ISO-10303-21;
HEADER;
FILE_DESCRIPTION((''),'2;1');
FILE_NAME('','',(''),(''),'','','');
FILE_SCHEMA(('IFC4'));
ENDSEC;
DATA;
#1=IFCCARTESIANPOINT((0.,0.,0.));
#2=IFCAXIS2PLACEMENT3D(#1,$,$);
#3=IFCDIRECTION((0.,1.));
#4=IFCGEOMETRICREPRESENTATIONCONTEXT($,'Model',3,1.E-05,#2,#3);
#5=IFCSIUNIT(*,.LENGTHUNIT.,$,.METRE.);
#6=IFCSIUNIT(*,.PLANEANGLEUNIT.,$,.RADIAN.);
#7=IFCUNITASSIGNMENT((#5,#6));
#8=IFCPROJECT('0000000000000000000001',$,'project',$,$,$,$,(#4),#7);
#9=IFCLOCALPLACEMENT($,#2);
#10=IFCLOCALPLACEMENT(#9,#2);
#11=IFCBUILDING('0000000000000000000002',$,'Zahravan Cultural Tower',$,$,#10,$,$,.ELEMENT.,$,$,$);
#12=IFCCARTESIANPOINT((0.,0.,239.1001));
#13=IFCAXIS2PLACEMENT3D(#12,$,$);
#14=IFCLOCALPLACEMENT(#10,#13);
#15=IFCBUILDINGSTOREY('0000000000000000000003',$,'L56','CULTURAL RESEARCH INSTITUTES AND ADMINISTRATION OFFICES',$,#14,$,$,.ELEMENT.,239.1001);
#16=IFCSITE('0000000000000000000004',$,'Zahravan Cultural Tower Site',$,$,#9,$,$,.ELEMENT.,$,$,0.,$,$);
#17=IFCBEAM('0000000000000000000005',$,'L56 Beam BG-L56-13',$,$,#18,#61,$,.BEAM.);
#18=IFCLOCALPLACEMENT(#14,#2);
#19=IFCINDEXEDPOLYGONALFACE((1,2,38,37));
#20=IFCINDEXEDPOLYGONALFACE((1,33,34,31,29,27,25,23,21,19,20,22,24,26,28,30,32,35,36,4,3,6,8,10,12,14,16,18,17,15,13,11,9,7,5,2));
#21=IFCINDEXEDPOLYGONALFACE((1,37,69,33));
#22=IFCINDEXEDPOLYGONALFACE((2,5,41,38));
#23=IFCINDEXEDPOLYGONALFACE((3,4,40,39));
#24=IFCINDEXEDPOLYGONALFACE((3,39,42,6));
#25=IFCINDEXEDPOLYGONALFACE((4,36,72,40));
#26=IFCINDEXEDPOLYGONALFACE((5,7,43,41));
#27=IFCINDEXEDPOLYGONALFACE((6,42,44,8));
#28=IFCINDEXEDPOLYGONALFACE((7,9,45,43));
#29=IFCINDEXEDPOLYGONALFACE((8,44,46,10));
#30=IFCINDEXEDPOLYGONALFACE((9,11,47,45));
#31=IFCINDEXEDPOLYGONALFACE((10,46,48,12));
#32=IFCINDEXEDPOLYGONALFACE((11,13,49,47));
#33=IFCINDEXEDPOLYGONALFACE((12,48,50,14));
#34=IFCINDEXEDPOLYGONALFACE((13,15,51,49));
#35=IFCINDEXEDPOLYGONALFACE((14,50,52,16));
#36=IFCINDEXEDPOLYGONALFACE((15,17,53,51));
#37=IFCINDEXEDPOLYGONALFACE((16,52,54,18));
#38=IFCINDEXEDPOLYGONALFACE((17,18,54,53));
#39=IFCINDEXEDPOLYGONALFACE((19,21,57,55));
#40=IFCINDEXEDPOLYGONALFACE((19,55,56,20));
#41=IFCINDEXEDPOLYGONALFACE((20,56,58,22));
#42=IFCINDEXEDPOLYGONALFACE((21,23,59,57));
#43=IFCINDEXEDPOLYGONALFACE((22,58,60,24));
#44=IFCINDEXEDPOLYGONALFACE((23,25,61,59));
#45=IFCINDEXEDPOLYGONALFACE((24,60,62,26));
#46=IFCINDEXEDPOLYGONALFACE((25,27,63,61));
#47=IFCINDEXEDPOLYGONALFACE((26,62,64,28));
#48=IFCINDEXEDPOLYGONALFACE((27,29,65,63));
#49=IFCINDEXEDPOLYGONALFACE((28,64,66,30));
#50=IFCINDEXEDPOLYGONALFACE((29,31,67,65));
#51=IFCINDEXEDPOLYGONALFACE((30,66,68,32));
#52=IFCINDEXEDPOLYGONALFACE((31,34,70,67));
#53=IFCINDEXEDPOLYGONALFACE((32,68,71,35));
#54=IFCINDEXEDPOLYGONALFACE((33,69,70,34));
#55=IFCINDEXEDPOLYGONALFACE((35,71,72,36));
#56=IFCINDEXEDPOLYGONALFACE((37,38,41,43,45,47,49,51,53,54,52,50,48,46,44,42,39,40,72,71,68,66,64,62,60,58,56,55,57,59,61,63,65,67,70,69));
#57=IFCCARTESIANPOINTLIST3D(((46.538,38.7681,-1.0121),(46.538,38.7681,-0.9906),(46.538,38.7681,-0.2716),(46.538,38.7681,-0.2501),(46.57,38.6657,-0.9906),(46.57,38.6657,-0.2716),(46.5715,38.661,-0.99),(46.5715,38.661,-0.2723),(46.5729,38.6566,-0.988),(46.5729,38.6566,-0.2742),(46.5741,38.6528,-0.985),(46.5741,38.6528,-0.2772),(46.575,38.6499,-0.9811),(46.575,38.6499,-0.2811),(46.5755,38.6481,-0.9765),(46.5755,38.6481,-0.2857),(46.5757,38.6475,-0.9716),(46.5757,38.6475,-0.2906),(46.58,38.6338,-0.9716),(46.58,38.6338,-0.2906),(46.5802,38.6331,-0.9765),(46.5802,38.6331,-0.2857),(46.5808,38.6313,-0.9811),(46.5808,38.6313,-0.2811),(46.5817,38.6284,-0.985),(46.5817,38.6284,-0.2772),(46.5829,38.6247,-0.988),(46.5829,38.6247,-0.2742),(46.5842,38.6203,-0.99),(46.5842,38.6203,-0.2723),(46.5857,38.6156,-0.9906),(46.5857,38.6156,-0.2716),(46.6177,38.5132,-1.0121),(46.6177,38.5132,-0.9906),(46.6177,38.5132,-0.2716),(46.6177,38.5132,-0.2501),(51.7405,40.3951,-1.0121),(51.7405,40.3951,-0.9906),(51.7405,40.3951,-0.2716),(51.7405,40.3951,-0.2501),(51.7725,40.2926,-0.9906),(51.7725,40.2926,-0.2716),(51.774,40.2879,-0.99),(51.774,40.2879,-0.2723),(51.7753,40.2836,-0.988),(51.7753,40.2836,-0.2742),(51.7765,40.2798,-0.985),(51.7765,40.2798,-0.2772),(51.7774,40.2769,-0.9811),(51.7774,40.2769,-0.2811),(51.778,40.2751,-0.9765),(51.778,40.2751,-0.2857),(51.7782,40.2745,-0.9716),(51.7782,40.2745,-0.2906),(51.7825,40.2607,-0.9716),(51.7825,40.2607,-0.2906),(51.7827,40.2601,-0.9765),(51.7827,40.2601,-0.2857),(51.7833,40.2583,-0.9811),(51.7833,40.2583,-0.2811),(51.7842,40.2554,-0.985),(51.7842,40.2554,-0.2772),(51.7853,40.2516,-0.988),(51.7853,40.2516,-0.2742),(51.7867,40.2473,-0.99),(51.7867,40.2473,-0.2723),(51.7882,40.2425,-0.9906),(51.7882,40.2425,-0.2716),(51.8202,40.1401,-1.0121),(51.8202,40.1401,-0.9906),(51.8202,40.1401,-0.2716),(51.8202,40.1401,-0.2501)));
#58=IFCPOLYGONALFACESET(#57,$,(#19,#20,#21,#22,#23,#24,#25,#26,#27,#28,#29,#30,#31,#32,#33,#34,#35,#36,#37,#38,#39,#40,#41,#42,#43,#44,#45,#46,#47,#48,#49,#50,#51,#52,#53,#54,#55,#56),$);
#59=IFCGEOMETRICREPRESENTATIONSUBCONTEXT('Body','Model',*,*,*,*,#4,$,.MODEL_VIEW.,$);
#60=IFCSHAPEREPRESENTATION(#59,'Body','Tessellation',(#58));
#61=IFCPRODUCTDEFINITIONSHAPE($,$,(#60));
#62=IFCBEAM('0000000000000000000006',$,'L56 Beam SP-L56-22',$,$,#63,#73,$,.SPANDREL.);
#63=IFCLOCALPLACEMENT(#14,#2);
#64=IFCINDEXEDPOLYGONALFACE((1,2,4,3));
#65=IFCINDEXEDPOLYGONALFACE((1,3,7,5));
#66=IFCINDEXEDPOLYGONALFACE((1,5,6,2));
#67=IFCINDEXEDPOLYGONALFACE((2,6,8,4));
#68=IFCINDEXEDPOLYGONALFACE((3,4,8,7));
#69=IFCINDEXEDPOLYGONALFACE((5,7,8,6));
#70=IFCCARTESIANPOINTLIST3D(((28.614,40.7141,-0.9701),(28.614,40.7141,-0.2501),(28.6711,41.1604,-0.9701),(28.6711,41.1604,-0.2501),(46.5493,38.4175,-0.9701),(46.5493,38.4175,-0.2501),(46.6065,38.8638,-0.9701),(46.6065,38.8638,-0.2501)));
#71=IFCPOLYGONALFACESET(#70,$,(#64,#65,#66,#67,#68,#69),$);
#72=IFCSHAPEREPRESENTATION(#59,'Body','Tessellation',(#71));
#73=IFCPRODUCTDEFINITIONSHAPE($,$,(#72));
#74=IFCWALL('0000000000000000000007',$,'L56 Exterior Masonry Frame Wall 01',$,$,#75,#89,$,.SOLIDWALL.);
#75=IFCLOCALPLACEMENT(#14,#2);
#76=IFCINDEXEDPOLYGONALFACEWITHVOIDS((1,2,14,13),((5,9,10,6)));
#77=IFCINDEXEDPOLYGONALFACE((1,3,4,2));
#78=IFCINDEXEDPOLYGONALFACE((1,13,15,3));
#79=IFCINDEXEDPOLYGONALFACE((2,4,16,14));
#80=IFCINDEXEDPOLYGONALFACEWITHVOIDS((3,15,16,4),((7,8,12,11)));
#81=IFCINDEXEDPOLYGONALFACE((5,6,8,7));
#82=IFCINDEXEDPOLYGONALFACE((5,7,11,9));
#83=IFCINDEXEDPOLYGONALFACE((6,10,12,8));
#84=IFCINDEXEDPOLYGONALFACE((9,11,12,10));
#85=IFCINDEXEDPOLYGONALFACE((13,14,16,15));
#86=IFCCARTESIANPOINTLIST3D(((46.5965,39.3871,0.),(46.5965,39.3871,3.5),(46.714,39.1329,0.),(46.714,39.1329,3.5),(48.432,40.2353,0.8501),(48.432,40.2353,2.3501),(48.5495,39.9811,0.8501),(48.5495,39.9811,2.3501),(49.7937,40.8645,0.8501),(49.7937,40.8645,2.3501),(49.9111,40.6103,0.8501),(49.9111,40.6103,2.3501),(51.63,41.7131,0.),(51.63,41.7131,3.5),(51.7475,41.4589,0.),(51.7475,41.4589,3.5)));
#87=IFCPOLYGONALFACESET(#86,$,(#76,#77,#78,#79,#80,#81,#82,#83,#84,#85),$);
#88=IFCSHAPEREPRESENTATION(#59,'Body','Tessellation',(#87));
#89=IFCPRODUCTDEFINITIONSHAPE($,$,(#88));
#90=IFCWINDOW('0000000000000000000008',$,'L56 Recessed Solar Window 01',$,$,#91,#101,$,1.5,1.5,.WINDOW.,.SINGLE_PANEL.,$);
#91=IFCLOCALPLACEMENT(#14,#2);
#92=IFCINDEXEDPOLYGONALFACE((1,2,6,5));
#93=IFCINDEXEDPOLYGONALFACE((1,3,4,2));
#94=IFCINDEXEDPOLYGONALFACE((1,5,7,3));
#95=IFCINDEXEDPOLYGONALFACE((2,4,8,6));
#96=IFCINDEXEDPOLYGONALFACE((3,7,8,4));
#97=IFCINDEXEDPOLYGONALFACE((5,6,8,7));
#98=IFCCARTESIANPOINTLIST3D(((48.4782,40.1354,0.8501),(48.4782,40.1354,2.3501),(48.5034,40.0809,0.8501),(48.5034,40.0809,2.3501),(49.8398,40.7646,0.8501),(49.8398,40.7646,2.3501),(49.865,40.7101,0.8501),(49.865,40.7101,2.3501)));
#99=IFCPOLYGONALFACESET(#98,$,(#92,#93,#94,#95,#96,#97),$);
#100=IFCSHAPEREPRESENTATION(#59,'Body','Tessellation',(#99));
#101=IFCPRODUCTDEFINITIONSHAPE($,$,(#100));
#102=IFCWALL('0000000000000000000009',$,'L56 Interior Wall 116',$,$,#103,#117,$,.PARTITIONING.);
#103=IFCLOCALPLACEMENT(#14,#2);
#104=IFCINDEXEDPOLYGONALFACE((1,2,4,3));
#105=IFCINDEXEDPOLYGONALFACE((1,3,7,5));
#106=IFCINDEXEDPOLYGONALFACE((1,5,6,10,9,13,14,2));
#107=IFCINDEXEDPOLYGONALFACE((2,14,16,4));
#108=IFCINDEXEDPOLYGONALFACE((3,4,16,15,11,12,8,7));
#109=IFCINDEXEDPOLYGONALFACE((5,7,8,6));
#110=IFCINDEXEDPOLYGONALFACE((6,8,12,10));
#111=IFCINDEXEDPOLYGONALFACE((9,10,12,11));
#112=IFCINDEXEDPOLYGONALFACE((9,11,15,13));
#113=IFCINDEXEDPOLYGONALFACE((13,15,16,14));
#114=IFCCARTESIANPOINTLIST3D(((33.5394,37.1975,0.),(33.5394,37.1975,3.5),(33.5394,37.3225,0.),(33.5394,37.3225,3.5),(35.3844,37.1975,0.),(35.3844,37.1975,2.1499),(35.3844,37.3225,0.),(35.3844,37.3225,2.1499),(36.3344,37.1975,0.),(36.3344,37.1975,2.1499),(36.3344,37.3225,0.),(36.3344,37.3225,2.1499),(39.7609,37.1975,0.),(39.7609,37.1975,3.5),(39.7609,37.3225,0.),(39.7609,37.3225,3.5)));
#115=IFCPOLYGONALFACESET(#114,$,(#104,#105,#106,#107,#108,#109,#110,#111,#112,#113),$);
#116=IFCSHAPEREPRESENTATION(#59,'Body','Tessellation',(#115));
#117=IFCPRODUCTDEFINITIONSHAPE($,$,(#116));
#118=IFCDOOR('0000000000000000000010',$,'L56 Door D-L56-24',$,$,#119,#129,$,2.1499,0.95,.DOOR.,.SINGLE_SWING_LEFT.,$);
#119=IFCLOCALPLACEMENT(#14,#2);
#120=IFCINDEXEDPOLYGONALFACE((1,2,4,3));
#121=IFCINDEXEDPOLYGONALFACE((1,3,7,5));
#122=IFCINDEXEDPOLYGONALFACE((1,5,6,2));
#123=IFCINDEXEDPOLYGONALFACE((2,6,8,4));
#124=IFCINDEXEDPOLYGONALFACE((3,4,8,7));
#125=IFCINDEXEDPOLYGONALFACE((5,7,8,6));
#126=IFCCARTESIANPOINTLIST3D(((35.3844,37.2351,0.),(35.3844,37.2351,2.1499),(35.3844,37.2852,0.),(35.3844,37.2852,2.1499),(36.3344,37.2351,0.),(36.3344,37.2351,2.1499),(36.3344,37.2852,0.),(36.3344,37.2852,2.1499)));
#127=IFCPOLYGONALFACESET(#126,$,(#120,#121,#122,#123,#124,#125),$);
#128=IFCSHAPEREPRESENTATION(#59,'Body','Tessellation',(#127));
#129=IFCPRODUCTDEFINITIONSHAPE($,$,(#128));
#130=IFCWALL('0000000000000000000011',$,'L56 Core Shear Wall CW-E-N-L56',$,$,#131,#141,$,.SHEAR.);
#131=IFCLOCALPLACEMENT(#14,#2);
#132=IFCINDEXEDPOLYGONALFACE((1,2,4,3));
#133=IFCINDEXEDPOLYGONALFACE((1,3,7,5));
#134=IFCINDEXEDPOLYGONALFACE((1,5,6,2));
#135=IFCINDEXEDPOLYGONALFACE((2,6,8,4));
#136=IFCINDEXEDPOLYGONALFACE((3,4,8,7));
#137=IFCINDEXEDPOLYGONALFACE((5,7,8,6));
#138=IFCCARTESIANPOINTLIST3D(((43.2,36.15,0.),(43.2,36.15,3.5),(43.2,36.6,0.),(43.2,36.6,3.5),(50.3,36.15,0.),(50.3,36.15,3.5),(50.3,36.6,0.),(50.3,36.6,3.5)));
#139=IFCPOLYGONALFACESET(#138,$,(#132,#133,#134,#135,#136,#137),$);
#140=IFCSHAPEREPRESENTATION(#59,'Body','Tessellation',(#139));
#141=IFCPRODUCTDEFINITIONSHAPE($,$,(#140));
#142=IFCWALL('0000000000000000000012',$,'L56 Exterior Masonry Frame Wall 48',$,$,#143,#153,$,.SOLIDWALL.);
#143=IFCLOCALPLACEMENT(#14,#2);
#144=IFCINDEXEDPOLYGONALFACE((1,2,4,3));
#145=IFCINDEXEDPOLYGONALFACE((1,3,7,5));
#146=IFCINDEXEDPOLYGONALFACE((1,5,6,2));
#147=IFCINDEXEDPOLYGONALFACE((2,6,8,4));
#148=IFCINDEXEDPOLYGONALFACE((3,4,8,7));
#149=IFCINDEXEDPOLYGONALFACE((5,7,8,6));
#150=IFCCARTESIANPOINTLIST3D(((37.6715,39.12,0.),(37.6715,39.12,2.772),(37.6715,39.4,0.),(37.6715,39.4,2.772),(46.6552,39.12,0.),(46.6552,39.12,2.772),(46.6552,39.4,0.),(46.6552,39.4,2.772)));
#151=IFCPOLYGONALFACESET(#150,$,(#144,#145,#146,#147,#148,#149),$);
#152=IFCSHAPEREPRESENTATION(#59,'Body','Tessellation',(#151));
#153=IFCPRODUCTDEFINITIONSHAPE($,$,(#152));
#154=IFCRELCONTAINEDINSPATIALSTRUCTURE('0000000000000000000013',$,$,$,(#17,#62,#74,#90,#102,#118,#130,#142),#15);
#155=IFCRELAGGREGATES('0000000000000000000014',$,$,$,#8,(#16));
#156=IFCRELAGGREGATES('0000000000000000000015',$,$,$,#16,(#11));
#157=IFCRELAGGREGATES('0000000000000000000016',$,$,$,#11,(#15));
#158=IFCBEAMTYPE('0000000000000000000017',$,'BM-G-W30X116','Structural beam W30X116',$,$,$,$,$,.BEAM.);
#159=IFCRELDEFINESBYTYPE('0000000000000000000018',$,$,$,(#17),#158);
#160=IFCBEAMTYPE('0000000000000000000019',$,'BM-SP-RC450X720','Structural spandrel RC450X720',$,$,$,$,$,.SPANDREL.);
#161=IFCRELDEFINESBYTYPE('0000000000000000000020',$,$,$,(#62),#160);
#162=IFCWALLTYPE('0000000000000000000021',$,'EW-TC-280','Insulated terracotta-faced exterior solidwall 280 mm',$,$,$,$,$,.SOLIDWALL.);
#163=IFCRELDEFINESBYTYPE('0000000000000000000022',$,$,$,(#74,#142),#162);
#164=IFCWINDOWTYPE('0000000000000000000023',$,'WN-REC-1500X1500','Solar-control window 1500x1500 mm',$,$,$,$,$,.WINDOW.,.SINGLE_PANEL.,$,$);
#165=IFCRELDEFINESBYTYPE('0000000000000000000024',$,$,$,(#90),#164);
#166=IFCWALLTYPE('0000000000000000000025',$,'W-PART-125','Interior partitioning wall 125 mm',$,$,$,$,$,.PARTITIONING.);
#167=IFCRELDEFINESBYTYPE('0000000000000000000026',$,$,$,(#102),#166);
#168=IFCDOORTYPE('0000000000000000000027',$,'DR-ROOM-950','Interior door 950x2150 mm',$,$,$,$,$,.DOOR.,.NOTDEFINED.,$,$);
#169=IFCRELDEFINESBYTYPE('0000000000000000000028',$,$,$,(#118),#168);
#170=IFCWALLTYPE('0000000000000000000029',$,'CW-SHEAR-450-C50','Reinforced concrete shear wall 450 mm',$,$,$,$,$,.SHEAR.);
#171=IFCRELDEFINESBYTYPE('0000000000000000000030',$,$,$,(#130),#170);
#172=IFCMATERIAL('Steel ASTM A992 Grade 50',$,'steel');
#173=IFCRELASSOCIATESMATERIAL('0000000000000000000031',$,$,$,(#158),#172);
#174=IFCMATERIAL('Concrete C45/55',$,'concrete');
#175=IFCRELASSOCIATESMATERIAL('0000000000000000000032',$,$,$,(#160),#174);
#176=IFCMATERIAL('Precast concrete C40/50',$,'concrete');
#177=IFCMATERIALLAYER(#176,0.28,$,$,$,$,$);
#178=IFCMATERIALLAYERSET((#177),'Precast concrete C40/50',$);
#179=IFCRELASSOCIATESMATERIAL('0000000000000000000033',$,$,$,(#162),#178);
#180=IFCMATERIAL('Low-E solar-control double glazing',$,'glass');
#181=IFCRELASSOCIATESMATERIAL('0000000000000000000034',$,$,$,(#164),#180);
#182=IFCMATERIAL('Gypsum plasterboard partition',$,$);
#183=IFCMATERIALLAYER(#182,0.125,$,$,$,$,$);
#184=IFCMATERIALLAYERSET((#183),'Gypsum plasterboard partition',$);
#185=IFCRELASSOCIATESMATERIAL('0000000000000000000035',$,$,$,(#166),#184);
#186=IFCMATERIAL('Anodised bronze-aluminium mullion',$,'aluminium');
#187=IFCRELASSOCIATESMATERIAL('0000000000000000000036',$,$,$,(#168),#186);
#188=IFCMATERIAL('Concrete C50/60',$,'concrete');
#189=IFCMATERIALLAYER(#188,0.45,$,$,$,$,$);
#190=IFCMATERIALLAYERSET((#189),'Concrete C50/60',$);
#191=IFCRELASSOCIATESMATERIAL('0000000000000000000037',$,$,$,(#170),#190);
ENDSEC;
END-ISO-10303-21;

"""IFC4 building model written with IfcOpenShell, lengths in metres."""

from ifc_helpers import new_model, si_unit, direction, frame, frame_2d, origin, origin_2d, place, context, subcontext, project, spatial, rectangle, i_section, extrude, source, transform, mapped, material, layer, layer_set, material_profile, profile_set, type_object, element, fill, save


model = new_model("IFC4")

# Units and contexts
model_context = context("Model", 3, precision=1e-05, world=origin(), true_north=direction((0.0, 1.0)))
body_context = subcontext(model_context, "Body", "Model", "MODEL_VIEW")
ifc_project = project(units=[si_unit("LENGTHUNIT", "METRE"), si_unit("PLANEANGLEUNIT", "RADIAN")], contexts=[model_context])

# Site, building, storey
site_placement = place(None, origin())
site = spatial("IfcSite", under=ifc_project, at=site_placement, Name="Zahravan Cultural Tower Site", CompositionType="ELEMENT", RefElevation=0.0)
building_placement = place(site_placement, origin())
building = spatial("IfcBuilding", under=site, at=building_placement, Name="Zahravan Cultural Tower", CompositionType="ELEMENT")
storey_placement = place(building_placement, frame((0.0, 0.0, 239.1001)))
storey = spatial("IfcBuildingStorey", under=building, at=storey_placement, Name="L56", Description="CULTURAL RESEARCH INSTITUTES AND ADMINISTRATION OFFICES", CompositionType="ELEMENT", Elevation=239.1001)

# Shared definitions
ifc_material_1 = material(Name="Concrete C50/60", Category="concrete")
ifc_material_2 = material(Name="Steel ASTM A992 Grade 50", Category="steel")

# Beams
ifc_material_profile_1 = material_profile(ifc_material_2, i_section(OverallWidth=0.2671, OverallDepth=0.762, WebThickness=0.0144, FlangeThickness=0.0215, FilletRadius=0.019, at=origin_2d()), Name="W30X116")
ifc_profile_set_1 = profile_set([ifc_material_profile_1], Name="Steel ASTM A992 Grade 50")
beam_type_1 = type_object("IfcBeamType", Name="BM-G-W30X116", Description="Structural beam W30X116", PredefinedType="BEAM", material=ifc_profile_set_1)
shared_shape_1 = source(origin(), body_context, "Body", "SweptSolid", [
    extrude(i_section(OverallWidth=0.2671, OverallDepth=0.762, WebThickness=0.0144, FlangeThickness=0.0215, FilletRadius=0.019, at=origin_2d()), origin(), (0.0, 0.0, 1.0), 5.4509),
])
beam_1_placement = place(storey_placement, frame((46.5779, 38.6406, -0.6311), z_axis=(0.954417, 0.298476, 0.0), x_axis=(-0.298476, 0.954417, 0.0)))
element("IfcBeam", 1, at=beam_1_placement, inside=storey, type_object=beam_type_1, Name="L56 Beam BG-L56-13", PredefinedType="BEAM", context=body_context, shape_type="MappedRepresentation", body=[
    mapped(shared_shape_1, transform((0.0, 0.0, 0.0), x_axis=(1.0, 0.0, 0.0), y_axis=(0.0, 1.0, 0.0), z_axis=(0.0, 0.0, 1.0), scale=1.0)),
])
ifc_material_3 = material(Name="Concrete C45/55", Category="concrete")
ifc_material_profile_2 = material_profile(ifc_material_3, rectangle(XDim=0.45, YDim=0.72, at=origin_2d()), Name="RC450X720")
ifc_profile_set_2 = profile_set([ifc_material_profile_2], Name="Concrete C45/55")
beam_type_2 = type_object("IfcBeamType", Name="BM-SP-RC450X720", Description="Structural spandrel RC450X720", PredefinedType="SPANDREL", material=ifc_profile_set_2)
shared_shape_2 = source(origin(), body_context, "Body", "SweptSolid", [
    extrude(rectangle(XDim=0.45, YDim=0.72, at=origin_2d()), origin(), (0.0, 0.0, 1.0), 18.0818),
])
beam_2_placement = place(storey_placement, frame((46.5779, 38.6406, -0.6101), z_axis=(-0.991901, 0.127014, 0.0), x_axis=(-0.127014, -0.991901, 0.0)))
element("IfcBeam", 2, at=beam_2_placement, inside=storey, type_object=beam_type_2, Name="L56 Beam SP-L56-22", PredefinedType="SPANDREL", context=body_context, shape_type="MappedRepresentation", body=[
    mapped(shared_shape_2, transform((0.0, 0.0, 0.0), x_axis=(1.0, 0.0, 0.0), y_axis=(0.0, 1.0, 0.0), z_axis=(0.0, 0.0, 1.0), scale=1.0)),
])

# Wall, opening, window
ifc_material_4 = material(Name="Precast concrete C40/50", Category="concrete")
ifc_layer_1 = layer(ifc_material_4, 0.28)
ifc_layer_set_1 = layer_set([ifc_layer_1], Name="Precast concrete C40/50")
wall_type_1 = type_object("IfcWallType", Name="EW-TC-280", Description="Insulated terracotta-faced exterior solidwall 280 mm", PredefinedType="SOLIDWALL", material=ifc_layer_set_1)
wall_1_placement = place(storey_placement, frame((46.6553, 39.26, 0.0), z_axis=(0.0, 0.0, 1.0), x_axis=(0.907767, 0.419474, 0.0)))
wall_1 = element("IfcWall", 3, at=wall_1_placement, inside=storey, type_object=wall_type_1, Name="L56 Exterior Masonry Frame Wall 01", PredefinedType="SOLIDWALL", context=body_context, shape_type="SweptSolid", body=[
    extrude(rectangle(XDim=5.5449, YDim=0.28, at=frame_2d((2.7725, 0.0))), origin(), (0.0, 0.0, 1.0), 3.5),
])
opening_1_placement = place(wall_1_placement, frame((2.022, 0.0, 0.8501)))
opening_1 = element("IfcOpeningElement", 4, at=opening_1_placement, cuts=wall_1, PredefinedType="OPENING", context=body_context, shape_type="SweptSolid", body=[
    extrude(rectangle(XDim=1.5, YDim=1.5, at=frame_2d((0.75, 0.75))), frame((0.0, 0.1499, 0.0), z_axis=(0.0, -1.0, 0.0), x_axis=(1.0, 0.0, 0.0)), (0.0, 0.0, 1.0), 0.3),
])
ifc_material_5 = material(Name="Low-E solar-control double glazing", Category="glass")
window_type = type_object("IfcWindowType", Name="WN-REC-1500X1500", Description="Solar-control window 1500x1500 mm", PartitioningType="SINGLE_PANEL", PredefinedType="WINDOW", material=ifc_material_5)
shared_shape_3 = source(origin(), body_context, "Body", "SweptSolid", [
    extrude(rectangle(XDim=1.5, YDim=1.5, at=frame_2d((0.75, 0.75))), frame((0.0, 0.03, 0.0), z_axis=(0.0, -1.0, 0.0), x_axis=(1.0, 0.0, 0.0)), (0.0, 0.0, 1.0), 0.0601),
])
window_placement = place(opening_1_placement, origin())
window = element("IfcWindow", 5, at=window_placement, inside=storey, type_object=window_type, Name="L56 Recessed Solar Window 01", OverallHeight=1.5, OverallWidth=1.5, PartitioningType="SINGLE_PANEL", PredefinedType="WINDOW", context=body_context, shape_type="MappedRepresentation", body=[
    mapped(shared_shape_3, transform((0.0, 0.0, 0.0), x_axis=(1.0, 0.0, 0.0), y_axis=(0.0, 1.0, 0.0), z_axis=(0.0, 0.0, 1.0), scale=1.0)),
])
fill(opening_1, window)

# Wall, opening, door
ifc_material_6 = material(Name="Gypsum plasterboard partition")
ifc_layer_2 = layer(ifc_material_6, 0.125)
ifc_layer_set_2 = layer_set([ifc_layer_2], Name="Gypsum plasterboard partition")
wall_type_2 = type_object("IfcWallType", Name="W-PART-125", Description="Interior partitioning wall 125 mm", PredefinedType="PARTITIONING", material=ifc_layer_set_2)
ifc_material_7 = material(Name="Anodised bronze-aluminium mullion", Category="aluminium")
door_type_1 = type_object("IfcDoorType", Name="DR-ROOM-950", Description="Interior door 950x2150 mm", OperationType="NOTDEFINED", PredefinedType="DOOR", material=ifc_material_7)
shared_shape_4 = source(origin(), body_context, "Body", "SweptSolid", [
    extrude(rectangle(XDim=0.95, YDim=2.1499, at=frame_2d((0.4751, 1.075))), frame((0.0, 0.0249, 0.0), z_axis=(0.0, -1.0, 0.0), x_axis=(1.0, 0.0, 0.0)), (0.0, 0.0, 1.0), 0.05),
])
wall_2_placement = place(storey_placement, frame((39.761, 37.26, 0.0), z_axis=(0.0, 0.0, 1.0), x_axis=(-1.0, 0.0, 0.0)))
wall_2 = element("IfcWall", 6, at=wall_2_placement, inside=storey, type_object=wall_type_2, Name="L56 Interior Wall 116", PredefinedType="PARTITIONING", context=body_context, shape_type="SweptSolid", body=[
    extrude(rectangle(XDim=6.2214, YDim=0.125, at=frame_2d((3.1108, 0.0))), origin(), (0.0, 0.0, 1.0), 3.5),
])
opening_2_placement = place(wall_2_placement, frame((3.4265, 0.0, 0.0)))
opening_2 = element("IfcOpeningElement", 7, at=opening_2_placement, cuts=wall_2, PredefinedType="OPENING", context=body_context, shape_type="SweptSolid", body=[
    extrude(rectangle(XDim=0.95, YDim=2.1499, at=frame_2d((0.4751, 1.075))), frame((0.0, 0.0725, 0.0), z_axis=(0.0, -1.0, 0.0), x_axis=(1.0, 0.0, 0.0)), (0.0, 0.0, 1.0), 0.145),
])
door_1_placement = place(opening_2_placement, origin())
door_1 = element("IfcDoor", 8, at=door_1_placement, inside=storey, type_object=door_type_1, Name="L56 Door D-L56-24", OperationType="SINGLE_SWING_LEFT", OverallHeight=2.1499, OverallWidth=0.95, PredefinedType="DOOR", context=body_context, shape_type="MappedRepresentation", body=[
    mapped(shared_shape_4, transform((0.0, 0.0, 0.0), x_axis=(1.0, 0.0, 0.0), y_axis=(0.0, 1.0, 0.0), z_axis=(0.0, 0.0, 1.0), scale=1.0)),
])
fill(opening_2, door_1)

# Walls
ifc_layer_3 = layer(ifc_material_1, 0.45)
ifc_layer_set_3 = layer_set([ifc_layer_3], Name="Concrete C50/60")
wall_type_3 = type_object("IfcWallType", Name="CW-SHEAR-450-C50", Description="Reinforced concrete shear wall 450 mm", PredefinedType="SHEAR", material=ifc_layer_set_3)
shared_shape_5 = source(origin(), body_context, "Body", "SweptSolid", [
    extrude(rectangle(XDim=7.1001, YDim=0.45, at=frame_2d((3.55, 0.0))), origin(), (0.0, 0.0, 1.0), 3.5),
])
wall_3_placement = place(storey_placement, frame((43.2, 36.375, 0.0), z_axis=(0.0, 0.0, 1.0), x_axis=(1.0, 0.0, 0.0)))
element("IfcWall", 9, at=wall_3_placement, inside=storey, type_object=wall_type_3, Name="L56 Core Shear Wall CW-E-N-L56", PredefinedType="SHEAR", context=body_context, shape_type="MappedRepresentation", body=[
    mapped(shared_shape_5, transform((0.0, 0.0, 0.0), x_axis=(1.0, 0.0, 0.0), y_axis=(0.0, 1.0, 0.0), z_axis=(0.0, 0.0, 1.0), scale=1.0)),
])
shared_shape_6 = source(origin(), body_context, "Body", "SweptSolid", [
    extrude(rectangle(XDim=8.9836, YDim=0.28, at=frame_2d((4.4917, 0.0))), origin(), (0.0, 0.0, 1.0), 2.772),
])
wall_4_placement = place(storey_placement, frame((37.6716, 39.26, 0.0), z_axis=(0.0, 0.0, 1.0), x_axis=(1.0, 0.0, 0.0)))
element("IfcWall", 10, at=wall_4_placement, inside=storey, type_object=wall_type_1, Name="L56 Exterior Masonry Frame Wall 48", PredefinedType="SOLIDWALL", context=body_context, shape_type="MappedRepresentation", body=[
    mapped(shared_shape_6, transform((0.0, 0.0, 0.0), x_axis=(1.0, 0.0, 0.0), y_axis=(0.0, 1.0, 0.0), z_axis=(0.0, 0.0, 1.0), scale=1.0)),
])

save(model, "model.ifc")
